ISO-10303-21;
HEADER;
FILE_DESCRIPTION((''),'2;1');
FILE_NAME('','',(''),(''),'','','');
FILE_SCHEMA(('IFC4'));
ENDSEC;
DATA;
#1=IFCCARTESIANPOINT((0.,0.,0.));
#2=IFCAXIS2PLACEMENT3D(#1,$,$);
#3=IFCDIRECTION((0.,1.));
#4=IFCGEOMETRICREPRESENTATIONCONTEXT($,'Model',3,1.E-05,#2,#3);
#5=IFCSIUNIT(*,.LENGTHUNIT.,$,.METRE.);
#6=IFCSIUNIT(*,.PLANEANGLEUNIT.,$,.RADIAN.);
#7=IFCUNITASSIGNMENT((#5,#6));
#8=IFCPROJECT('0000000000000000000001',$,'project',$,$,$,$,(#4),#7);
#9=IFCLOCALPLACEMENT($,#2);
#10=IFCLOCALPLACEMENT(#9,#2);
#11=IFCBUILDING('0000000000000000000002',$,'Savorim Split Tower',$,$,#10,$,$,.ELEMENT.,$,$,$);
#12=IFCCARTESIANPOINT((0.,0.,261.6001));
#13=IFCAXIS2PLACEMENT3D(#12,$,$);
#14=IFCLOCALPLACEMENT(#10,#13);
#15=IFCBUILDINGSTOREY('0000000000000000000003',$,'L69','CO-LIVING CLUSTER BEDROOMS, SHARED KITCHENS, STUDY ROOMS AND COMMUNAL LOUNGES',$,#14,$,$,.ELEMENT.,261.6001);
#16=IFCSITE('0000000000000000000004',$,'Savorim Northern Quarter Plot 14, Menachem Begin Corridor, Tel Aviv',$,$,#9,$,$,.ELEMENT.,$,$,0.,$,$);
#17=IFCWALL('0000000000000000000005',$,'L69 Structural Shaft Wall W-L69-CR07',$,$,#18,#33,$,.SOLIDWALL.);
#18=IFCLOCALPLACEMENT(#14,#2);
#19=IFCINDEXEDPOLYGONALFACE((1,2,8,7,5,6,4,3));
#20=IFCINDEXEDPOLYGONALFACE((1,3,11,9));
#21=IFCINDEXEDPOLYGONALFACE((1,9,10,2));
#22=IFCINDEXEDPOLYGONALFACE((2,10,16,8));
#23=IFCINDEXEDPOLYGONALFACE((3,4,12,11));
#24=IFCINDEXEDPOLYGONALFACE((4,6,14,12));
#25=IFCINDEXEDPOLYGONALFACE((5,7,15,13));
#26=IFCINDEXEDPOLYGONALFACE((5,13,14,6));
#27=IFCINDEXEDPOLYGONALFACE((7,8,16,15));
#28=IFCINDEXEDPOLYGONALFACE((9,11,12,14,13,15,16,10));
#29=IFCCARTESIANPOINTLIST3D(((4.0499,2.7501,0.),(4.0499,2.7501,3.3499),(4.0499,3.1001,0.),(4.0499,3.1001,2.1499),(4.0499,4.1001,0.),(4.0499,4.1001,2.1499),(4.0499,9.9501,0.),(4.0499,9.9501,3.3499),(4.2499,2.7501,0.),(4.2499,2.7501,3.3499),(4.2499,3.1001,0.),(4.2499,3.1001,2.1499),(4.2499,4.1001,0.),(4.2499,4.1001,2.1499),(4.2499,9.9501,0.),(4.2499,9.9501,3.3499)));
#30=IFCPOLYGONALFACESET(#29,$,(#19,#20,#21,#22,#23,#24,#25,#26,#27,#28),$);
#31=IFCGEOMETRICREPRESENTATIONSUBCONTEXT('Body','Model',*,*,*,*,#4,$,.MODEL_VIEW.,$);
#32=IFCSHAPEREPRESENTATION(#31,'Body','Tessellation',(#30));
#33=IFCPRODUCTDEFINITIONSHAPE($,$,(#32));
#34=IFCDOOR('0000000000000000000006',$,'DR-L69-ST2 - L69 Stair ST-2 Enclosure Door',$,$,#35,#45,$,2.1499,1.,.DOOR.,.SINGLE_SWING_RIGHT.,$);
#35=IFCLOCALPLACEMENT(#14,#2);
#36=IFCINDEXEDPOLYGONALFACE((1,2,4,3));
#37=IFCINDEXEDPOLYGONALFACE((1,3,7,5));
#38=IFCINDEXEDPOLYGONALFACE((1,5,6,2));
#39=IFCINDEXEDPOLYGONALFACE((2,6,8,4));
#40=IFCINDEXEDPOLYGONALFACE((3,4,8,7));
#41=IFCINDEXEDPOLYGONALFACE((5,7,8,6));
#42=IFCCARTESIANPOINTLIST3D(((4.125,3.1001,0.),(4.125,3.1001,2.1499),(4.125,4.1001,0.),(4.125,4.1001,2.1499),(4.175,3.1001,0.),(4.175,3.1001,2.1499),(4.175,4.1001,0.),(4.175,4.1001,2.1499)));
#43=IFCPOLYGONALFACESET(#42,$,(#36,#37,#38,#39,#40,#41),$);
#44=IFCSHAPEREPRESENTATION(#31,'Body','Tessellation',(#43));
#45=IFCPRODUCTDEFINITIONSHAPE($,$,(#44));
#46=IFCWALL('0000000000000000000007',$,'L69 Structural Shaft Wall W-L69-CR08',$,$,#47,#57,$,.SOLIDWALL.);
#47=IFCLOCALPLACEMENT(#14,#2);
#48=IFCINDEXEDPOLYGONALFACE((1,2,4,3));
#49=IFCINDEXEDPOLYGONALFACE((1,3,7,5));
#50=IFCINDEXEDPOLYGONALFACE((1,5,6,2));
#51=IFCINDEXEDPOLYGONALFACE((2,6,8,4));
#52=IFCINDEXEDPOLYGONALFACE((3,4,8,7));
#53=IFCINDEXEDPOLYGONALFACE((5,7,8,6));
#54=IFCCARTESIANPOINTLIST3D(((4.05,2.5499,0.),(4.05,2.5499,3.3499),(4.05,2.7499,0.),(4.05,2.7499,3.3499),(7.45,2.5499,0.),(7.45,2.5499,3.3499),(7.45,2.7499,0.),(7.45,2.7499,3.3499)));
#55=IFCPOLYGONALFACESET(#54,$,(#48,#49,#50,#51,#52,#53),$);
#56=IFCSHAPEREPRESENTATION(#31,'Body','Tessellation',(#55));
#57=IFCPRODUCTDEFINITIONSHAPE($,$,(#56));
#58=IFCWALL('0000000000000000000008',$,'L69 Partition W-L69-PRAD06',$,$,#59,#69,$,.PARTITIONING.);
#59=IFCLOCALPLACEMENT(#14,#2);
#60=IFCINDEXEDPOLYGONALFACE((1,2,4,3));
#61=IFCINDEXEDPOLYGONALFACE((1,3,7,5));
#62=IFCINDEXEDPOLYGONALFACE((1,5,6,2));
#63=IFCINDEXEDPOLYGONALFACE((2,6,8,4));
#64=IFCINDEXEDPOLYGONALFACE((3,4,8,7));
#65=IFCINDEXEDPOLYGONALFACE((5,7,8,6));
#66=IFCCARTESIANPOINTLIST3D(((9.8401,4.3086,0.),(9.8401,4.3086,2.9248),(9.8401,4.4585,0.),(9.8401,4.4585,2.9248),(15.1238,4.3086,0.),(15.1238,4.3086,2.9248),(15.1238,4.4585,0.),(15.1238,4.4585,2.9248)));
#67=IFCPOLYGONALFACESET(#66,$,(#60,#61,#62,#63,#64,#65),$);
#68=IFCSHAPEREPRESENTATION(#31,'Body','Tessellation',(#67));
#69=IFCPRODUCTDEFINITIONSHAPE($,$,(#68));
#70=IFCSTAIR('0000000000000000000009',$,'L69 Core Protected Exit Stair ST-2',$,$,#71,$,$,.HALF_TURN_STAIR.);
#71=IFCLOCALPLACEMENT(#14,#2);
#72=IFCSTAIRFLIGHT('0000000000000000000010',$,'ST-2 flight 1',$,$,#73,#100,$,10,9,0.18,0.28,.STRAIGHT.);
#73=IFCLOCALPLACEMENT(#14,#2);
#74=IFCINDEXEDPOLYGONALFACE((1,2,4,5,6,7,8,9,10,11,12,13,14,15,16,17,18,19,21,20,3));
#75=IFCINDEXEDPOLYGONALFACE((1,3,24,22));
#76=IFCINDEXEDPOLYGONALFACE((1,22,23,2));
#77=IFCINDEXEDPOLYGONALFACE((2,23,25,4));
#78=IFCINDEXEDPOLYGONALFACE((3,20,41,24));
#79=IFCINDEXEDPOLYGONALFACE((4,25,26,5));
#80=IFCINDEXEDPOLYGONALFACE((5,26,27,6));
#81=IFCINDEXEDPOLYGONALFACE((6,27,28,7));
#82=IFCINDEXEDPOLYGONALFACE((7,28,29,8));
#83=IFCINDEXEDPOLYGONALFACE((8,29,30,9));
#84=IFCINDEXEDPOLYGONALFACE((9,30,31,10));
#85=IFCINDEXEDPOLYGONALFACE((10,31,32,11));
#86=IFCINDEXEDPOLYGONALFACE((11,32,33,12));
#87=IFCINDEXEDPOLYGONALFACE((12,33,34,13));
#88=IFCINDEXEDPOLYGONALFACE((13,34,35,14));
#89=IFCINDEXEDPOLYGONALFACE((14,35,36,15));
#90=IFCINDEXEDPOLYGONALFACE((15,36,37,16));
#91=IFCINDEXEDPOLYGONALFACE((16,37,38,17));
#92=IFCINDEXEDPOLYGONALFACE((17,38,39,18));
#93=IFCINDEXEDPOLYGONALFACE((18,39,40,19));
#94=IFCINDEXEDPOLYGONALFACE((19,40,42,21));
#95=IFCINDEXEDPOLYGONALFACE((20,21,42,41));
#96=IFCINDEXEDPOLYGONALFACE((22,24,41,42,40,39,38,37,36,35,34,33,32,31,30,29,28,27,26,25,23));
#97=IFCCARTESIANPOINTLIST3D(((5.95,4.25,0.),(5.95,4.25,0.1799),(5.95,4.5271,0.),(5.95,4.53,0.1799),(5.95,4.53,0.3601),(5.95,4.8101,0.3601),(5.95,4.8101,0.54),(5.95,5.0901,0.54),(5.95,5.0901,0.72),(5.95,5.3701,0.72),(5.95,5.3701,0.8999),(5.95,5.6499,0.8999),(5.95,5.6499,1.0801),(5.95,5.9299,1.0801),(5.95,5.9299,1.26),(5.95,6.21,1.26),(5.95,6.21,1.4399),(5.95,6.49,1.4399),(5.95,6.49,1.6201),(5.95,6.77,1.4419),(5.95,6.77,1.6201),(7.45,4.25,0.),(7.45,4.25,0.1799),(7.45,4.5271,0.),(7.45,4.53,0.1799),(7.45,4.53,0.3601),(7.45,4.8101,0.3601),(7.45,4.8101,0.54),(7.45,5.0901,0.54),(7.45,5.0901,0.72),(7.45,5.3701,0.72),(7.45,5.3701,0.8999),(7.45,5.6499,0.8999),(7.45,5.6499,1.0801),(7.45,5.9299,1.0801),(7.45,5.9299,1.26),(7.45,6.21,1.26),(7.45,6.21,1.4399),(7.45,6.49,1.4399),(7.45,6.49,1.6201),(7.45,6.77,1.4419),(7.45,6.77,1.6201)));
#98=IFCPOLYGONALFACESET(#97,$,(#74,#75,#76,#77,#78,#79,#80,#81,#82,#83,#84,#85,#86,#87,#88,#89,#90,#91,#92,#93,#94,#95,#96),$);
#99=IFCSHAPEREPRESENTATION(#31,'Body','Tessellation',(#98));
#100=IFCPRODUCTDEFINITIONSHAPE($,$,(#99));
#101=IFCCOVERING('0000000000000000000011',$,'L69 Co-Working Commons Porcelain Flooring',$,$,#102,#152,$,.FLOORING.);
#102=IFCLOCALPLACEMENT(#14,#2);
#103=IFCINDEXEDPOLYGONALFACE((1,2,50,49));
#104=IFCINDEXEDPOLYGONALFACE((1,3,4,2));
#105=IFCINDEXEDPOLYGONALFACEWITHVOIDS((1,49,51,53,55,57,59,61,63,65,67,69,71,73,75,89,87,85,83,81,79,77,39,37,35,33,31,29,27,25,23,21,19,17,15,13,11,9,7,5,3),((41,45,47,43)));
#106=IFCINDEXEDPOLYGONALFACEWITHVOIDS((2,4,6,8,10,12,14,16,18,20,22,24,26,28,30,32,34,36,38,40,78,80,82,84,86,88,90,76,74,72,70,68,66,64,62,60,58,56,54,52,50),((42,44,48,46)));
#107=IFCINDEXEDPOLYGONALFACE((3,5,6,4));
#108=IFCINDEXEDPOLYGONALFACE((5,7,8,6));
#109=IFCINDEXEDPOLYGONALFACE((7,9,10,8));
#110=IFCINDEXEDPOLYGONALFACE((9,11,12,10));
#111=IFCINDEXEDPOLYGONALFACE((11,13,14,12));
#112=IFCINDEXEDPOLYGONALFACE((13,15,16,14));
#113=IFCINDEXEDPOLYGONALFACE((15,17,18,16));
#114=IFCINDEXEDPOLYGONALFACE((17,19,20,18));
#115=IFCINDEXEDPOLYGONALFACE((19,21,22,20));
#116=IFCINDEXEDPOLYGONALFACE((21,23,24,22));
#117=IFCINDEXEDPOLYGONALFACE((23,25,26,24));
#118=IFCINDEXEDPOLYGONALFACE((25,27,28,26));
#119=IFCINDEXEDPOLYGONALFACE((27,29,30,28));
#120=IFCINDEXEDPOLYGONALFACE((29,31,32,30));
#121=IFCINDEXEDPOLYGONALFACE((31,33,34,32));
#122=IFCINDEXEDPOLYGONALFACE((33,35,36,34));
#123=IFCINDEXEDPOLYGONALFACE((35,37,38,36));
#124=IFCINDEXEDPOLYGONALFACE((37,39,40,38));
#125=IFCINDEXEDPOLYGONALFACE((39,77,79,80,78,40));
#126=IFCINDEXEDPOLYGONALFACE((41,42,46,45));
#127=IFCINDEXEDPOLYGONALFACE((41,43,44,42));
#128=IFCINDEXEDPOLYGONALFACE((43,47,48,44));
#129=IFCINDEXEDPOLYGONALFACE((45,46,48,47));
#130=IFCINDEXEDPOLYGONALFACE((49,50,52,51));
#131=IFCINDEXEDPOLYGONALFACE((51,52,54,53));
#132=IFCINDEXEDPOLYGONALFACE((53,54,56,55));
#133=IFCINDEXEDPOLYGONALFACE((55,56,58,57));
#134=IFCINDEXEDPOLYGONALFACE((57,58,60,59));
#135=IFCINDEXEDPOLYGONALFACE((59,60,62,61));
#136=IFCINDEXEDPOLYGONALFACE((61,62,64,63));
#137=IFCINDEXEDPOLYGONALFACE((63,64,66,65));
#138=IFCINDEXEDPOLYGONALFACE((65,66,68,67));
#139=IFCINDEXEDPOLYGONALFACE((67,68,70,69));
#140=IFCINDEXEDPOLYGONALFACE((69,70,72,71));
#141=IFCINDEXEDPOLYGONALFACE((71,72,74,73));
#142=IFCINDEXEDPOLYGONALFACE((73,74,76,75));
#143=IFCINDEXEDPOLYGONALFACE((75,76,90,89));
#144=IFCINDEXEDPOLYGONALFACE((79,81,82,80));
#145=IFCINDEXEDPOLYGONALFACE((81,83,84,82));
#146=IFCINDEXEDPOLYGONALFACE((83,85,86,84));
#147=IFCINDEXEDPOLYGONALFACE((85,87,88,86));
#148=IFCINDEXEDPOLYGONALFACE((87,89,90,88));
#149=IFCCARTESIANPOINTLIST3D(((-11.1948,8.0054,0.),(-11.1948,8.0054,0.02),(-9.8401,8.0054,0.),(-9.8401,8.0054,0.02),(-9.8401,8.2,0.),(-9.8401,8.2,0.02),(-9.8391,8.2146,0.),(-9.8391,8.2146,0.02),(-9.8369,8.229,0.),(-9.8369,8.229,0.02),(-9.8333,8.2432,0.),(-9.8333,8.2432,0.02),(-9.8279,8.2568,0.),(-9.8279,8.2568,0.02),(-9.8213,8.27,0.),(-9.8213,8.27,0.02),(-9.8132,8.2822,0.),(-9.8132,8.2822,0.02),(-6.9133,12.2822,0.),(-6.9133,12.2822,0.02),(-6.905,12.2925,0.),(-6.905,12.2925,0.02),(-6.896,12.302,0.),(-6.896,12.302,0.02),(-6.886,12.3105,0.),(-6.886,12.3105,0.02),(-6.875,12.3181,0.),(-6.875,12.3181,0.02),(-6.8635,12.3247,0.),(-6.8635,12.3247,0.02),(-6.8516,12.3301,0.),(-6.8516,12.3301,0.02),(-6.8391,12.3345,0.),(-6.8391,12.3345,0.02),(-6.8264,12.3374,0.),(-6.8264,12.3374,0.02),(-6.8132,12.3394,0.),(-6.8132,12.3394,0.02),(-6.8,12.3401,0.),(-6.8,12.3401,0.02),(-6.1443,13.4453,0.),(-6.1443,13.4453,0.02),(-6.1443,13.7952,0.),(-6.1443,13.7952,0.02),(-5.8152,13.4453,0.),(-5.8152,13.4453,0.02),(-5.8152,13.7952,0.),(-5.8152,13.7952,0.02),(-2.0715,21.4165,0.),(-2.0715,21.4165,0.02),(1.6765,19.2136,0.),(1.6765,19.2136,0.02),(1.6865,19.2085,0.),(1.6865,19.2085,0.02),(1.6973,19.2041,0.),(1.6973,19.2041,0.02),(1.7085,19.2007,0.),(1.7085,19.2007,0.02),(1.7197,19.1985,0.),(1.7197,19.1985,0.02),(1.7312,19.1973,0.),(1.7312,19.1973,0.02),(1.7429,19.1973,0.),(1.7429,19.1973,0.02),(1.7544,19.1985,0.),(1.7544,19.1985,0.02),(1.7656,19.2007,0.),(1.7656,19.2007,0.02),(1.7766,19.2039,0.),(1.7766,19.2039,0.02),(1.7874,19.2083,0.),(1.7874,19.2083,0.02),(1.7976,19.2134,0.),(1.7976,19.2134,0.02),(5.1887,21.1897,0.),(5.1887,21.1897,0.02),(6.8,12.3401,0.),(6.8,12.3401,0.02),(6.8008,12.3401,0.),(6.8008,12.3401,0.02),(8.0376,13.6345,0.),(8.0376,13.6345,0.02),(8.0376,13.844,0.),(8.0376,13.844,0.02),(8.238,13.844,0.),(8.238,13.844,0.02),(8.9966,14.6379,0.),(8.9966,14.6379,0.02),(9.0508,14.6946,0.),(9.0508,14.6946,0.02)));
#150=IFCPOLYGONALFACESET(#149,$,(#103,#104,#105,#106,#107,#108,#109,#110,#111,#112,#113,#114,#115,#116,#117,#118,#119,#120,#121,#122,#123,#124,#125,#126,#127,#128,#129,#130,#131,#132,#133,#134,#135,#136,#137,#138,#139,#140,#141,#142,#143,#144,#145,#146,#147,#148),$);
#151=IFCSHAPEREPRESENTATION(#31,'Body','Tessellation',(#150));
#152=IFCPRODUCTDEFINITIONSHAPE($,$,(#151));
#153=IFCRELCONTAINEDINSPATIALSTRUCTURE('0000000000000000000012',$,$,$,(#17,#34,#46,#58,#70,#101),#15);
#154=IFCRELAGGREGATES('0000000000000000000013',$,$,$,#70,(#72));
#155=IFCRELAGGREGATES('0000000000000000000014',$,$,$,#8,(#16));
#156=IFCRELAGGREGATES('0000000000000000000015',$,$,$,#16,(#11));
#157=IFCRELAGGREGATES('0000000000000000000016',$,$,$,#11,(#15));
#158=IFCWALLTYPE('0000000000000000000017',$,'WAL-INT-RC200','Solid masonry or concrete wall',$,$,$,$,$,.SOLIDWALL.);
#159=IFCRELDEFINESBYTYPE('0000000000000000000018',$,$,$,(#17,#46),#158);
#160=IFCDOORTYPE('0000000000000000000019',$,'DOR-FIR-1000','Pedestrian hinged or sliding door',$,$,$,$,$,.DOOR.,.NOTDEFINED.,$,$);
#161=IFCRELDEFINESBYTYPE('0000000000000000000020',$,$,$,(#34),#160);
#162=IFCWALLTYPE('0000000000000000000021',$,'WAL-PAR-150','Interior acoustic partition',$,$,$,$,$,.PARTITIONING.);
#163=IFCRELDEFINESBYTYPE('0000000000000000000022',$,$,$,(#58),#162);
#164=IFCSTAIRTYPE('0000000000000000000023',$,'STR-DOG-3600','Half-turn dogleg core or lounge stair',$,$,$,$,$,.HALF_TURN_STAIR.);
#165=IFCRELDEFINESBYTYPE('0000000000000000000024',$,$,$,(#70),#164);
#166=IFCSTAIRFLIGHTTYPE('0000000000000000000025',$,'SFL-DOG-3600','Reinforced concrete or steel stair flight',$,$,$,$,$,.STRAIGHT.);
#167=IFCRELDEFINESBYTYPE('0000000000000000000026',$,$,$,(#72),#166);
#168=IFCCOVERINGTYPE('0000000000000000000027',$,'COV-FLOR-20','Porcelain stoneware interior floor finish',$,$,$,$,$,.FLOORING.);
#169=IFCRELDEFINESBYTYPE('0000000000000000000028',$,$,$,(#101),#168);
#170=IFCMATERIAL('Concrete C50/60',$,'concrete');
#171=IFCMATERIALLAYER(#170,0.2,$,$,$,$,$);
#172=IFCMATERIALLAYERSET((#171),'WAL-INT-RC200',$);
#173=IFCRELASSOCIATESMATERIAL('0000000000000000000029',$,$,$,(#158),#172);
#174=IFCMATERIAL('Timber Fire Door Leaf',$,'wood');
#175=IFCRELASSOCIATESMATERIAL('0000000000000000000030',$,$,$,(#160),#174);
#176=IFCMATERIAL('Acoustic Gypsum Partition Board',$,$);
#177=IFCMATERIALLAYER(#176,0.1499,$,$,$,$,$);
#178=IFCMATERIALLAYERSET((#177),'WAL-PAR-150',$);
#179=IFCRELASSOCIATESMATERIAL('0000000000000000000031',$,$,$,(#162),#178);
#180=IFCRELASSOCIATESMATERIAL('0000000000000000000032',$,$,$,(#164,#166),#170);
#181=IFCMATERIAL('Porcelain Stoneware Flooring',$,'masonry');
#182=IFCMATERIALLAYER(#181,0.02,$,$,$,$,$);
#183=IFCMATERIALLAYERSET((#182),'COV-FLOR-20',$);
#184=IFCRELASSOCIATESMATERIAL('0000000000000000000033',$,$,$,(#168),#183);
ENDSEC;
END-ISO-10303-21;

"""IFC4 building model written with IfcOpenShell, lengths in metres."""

from ifc_helpers import new_model, si_unit, direction, frame, frame_2d, origin, place, context, subcontext, project, spatial, polyline, rectangle, outline, extrude, material, layer, layer_set, type_object, element, fill, aggregate, save


model = new_model("IFC4")

# Units and contexts
model_context = context("Model", 3, precision=1e-05, world=origin(), true_north=direction((0.0, 1.0)))
body_context = subcontext(model_context, "Body", "Model", "MODEL_VIEW")
ifc_project = project(units=[si_unit("LENGTHUNIT", "METRE"), si_unit("PLANEANGLEUNIT", "RADIAN")], contexts=[model_context])

# Site, building, storey
site_placement = place(None, origin())
site = spatial("IfcSite", under=ifc_project, at=site_placement, Name="Savorim Northern Quarter Plot 14, Menachem Begin Corridor, Tel Aviv", CompositionType="ELEMENT", RefElevation=0.0)
building_placement = place(site_placement, origin())
building = spatial("IfcBuilding", under=site, at=building_placement, Name="Savorim Split Tower", CompositionType="ELEMENT")
storey_placement = place(building_placement, frame((0.0, 0.0, 261.6001)))
storey = spatial("IfcBuildingStorey", under=building, at=storey_placement, Name="L69", Description="CO-LIVING CLUSTER BEDROOMS, SHARED KITCHENS, STUDY ROOMS AND COMMUNAL LOUNGES", CompositionType="ELEMENT", Elevation=261.6001)

# Wall, opening, door
ifc_material_1 = material(Name="Concrete C50/60", Category="concrete")
ifc_layer_1 = layer(ifc_material_1, 0.2)
ifc_layer_set_1 = layer_set([ifc_layer_1], Name="WAL-INT-RC200")
wall_type_1 = type_object("IfcWallType", Name="WAL-INT-RC200", Description="Solid masonry or concrete wall", PredefinedType="SOLIDWALL", material=ifc_layer_set_1)
wall_1_placement = place(storey_placement, frame((4.1499, 2.75, 0.0), z_axis=(0.0, 0.0, 1.0), x_axis=(0.0, 1.0, 0.0)))
wall_1 = element("IfcWall", 1, at=wall_1_placement, inside=storey, type_object=wall_type_1, Name="L69 Structural Shaft Wall W-L69-CR07", PredefinedType="SOLIDWALL", context=body_context, shape_type="SweptSolid", body=[
    extrude(rectangle(XDim=7.2, YDim=0.2, at=frame_2d((3.6001, 0.0))), origin(), (0.0, 0.0, 1.0), 3.3499),
])
opening_1_placement = place(wall_1_placement, frame((0.3501, 0.0, 0.0)))
opening_1 = element("IfcOpeningElement", 2, at=opening_1_placement, cuts=wall_1, PredefinedType="OPENING", context=body_context, shape_type="SweptSolid", body=[
    extrude(rectangle(XDim=1.0, YDim=2.1499, at=frame_2d((0.5, 1.075))), frame((0.0, 0.1099, 0.0), z_axis=(0.0, -1.0, 0.0), x_axis=(1.0, 0.0, 0.0)), (0.0, 0.0, 1.0), 0.22),
])
ifc_material_2 = material(Name="Timber Fire Door Leaf", Category="wood")
door_type_1 = type_object("IfcDoorType", Name="DOR-FIR-1000", Description="Pedestrian hinged or sliding door", OperationType="NOTDEFINED", PredefinedType="DOOR", material=ifc_material_2)
door_1_placement = place(opening_1_placement, origin())
door_1 = element("IfcDoor", 3, at=door_1_placement, inside=storey, type_object=door_type_1, Name="DR-L69-ST2 - L69 Stair ST-2 Enclosure Door", OperationType="SINGLE_SWING_RIGHT", OverallHeight=2.1499, OverallWidth=1.0, PredefinedType="DOOR", context=body_context, shape_type="SweptSolid", body=[
    extrude(rectangle(XDim=1.0, YDim=2.1499, at=frame_2d((0.5, 1.075))), frame((0.0, 0.0249, 0.0), z_axis=(0.0, -1.0, 0.0), x_axis=(1.0, 0.0, 0.0)), (0.0, 0.0, 1.0), 0.05),
])
fill(opening_1, door_1)

# Wall
wall_2_placement = place(storey_placement, frame((4.05, 2.6499, 0.0), z_axis=(0.0, 0.0, 1.0), x_axis=(1.0, 0.0, 0.0)))
element("IfcWall", 4, at=wall_2_placement, inside=storey, type_object=wall_type_1, Name="L69 Structural Shaft Wall W-L69-CR08", PredefinedType="SOLIDWALL", context=body_context, shape_type="SweptSolid", body=[
    extrude(rectangle(XDim=3.3999, YDim=0.2, at=frame_2d((1.7, 0.0))), origin(), (0.0, 0.0, 1.0), 3.3499),
])

# Wall
ifc_material_3 = material(Name="Acoustic Gypsum Partition Board")
ifc_layer_2 = layer(ifc_material_3, 0.1499)
ifc_layer_set_2 = layer_set([ifc_layer_2], Name="WAL-PAR-150")
wall_type_2 = type_object("IfcWallType", Name="WAL-PAR-150", Description="Interior acoustic partition", PredefinedType="PARTITIONING", material=ifc_layer_set_2)
wall_3_placement = place(storey_placement, frame((9.8401, 4.3835, 0.0), z_axis=(0.0, 0.0, 1.0), x_axis=(1.0, 0.0, 0.0)))
element("IfcWall", 5, at=wall_3_placement, inside=storey, type_object=wall_type_2, Name="L69 Partition W-L69-PRAD06", PredefinedType="PARTITIONING", context=body_context, shape_type="SweptSolid", body=[
    extrude(rectangle(XDim=5.2837, YDim=0.1499, at=frame_2d((2.6418, 0.0))), origin(), (0.0, 0.0, 1.0), 2.9248),
])

# Stair, stair flight
stair_type = type_object("IfcStairType", Name="STR-DOG-3600", Description="Half-turn dogleg core or lounge stair", PredefinedType="HALF_TURN_STAIR", material=ifc_material_1)
stair_placement = place(storey_placement, origin())
stair = element("IfcStair", 6, at=stair_placement, inside=storey, type_object=stair_type, Name="L69 Core Protected Exit Stair ST-2", PredefinedType="HALF_TURN_STAIR")
stair_flight_type = type_object("IfcStairFlightType", Name="SFL-DOG-3600", Description="Reinforced concrete or steel stair flight", PredefinedType="STRAIGHT", material=ifc_material_1)
stair_flight_placement = place(storey_placement, frame((6.7, 4.25, 0.0), z_axis=(0.0, 0.0, 1.0), x_axis=(0.0, 1.0, 0.0)))
stair_flight = element("IfcStairFlight", 7, at=stair_flight_placement, type_object=stair_flight_type, Name="ST-2 flight 1", NumberOfRisers=10, NumberOfTreads=9, PredefinedType="STRAIGHT", RiserHeight=0.18, TreadLength=0.28, context=body_context, shape_type="SweptSolid", body=[
    extrude(outline(polyline([(0.0, 0.0), (0.0, 0.1799), (0.28, 0.1799), (0.28, 0.3601), (0.5601, 0.3601), (0.5601, 0.54), (0.8401, 0.54), (0.8401, 0.72), (1.1201, 0.72), (1.1201, 0.8999), (1.3999, 0.8999), (1.3999, 1.0801), (1.6799, 1.0801), (1.6799, 1.26), (1.96, 1.26), (1.96, 1.4399), (2.24, 1.4399), (2.24, 1.6201), (2.52, 1.6201), (2.52, 1.8), (2.52, 1.4419), (0.2771, 0.0), (0.0, 0.0)])), frame((0.0, 0.75, 0.0), z_axis=(0.0, -1.0, 0.0), x_axis=(1.0, 0.0, 0.0)), (0.0, 0.0, 1.0), 1.5),
])
aggregate(stair, [stair_flight])

# Covering
ifc_material_4 = material(Name="Porcelain Stoneware Flooring", Category="masonry")
ifc_layer_3 = layer(ifc_material_4, 0.02)
ifc_layer_set_3 = layer_set([ifc_layer_3], Name="COV-FLOR-20")
covering_type = type_object("IfcCoveringType", Name="COV-FLOR-20", Description="Porcelain stoneware interior floor finish", PredefinedType="FLOORING", material=ifc_layer_set_3)
covering_placement = place(storey_placement, origin())
element("IfcCovering", 8, at=covering_placement, inside=storey, type_object=covering_type, Name="L69 Co-Working Commons Porcelain Flooring", PredefinedType="FLOORING", context=body_context, shape_type="SweptSolid", body=[
    extrude(outline(polyline([(1.6973, 19.2041), (1.6865, 19.2085), (1.6765, 19.2136), (-2.0715, 21.4165), (-11.1948, 8.0054), (-9.8401, 8.0054), (-9.8401, 8.2), (-9.8391, 8.2146), (-9.8369, 8.229), (-9.8333, 8.2432), (-9.8279, 8.2568), (-9.8213, 8.27), (-9.8132, 8.2822), (-6.9133, 12.2822), (-6.905, 12.2925), (-6.896, 12.302), (-6.886, 12.3105), (-6.875, 12.3181), (-6.8635, 12.3247), (-6.8516, 12.3301), (-6.8391, 12.3345), (-6.8264, 12.3374), (-6.8132, 12.3394), (-6.8, 12.3401), (6.8, 12.3401), (6.8008, 12.3401), (8.0376, 13.6345), (8.0376, 13.844), (8.238, 13.844), (8.9966, 14.6379), (9.0508, 14.6946), (5.1887, 21.1897), (1.7976, 19.2134), (1.7874, 19.2083), (1.7766, 19.2039), (1.7656, 19.2007), (1.7544, 19.1985), (1.7429, 19.1973), (1.7312, 19.1973), (1.7197, 19.1985), (1.7085, 19.2007), (1.6973, 19.2041)]), holes=[polyline([(-5.8152, 13.7952), (-6.1443, 13.7952), (-6.1443, 13.4453), (-5.8152, 13.4453), (-5.8152, 13.7952)])]), origin(), (0.0, 0.0, 1.0), 0.02),
])

save(model, "model.ifc")
